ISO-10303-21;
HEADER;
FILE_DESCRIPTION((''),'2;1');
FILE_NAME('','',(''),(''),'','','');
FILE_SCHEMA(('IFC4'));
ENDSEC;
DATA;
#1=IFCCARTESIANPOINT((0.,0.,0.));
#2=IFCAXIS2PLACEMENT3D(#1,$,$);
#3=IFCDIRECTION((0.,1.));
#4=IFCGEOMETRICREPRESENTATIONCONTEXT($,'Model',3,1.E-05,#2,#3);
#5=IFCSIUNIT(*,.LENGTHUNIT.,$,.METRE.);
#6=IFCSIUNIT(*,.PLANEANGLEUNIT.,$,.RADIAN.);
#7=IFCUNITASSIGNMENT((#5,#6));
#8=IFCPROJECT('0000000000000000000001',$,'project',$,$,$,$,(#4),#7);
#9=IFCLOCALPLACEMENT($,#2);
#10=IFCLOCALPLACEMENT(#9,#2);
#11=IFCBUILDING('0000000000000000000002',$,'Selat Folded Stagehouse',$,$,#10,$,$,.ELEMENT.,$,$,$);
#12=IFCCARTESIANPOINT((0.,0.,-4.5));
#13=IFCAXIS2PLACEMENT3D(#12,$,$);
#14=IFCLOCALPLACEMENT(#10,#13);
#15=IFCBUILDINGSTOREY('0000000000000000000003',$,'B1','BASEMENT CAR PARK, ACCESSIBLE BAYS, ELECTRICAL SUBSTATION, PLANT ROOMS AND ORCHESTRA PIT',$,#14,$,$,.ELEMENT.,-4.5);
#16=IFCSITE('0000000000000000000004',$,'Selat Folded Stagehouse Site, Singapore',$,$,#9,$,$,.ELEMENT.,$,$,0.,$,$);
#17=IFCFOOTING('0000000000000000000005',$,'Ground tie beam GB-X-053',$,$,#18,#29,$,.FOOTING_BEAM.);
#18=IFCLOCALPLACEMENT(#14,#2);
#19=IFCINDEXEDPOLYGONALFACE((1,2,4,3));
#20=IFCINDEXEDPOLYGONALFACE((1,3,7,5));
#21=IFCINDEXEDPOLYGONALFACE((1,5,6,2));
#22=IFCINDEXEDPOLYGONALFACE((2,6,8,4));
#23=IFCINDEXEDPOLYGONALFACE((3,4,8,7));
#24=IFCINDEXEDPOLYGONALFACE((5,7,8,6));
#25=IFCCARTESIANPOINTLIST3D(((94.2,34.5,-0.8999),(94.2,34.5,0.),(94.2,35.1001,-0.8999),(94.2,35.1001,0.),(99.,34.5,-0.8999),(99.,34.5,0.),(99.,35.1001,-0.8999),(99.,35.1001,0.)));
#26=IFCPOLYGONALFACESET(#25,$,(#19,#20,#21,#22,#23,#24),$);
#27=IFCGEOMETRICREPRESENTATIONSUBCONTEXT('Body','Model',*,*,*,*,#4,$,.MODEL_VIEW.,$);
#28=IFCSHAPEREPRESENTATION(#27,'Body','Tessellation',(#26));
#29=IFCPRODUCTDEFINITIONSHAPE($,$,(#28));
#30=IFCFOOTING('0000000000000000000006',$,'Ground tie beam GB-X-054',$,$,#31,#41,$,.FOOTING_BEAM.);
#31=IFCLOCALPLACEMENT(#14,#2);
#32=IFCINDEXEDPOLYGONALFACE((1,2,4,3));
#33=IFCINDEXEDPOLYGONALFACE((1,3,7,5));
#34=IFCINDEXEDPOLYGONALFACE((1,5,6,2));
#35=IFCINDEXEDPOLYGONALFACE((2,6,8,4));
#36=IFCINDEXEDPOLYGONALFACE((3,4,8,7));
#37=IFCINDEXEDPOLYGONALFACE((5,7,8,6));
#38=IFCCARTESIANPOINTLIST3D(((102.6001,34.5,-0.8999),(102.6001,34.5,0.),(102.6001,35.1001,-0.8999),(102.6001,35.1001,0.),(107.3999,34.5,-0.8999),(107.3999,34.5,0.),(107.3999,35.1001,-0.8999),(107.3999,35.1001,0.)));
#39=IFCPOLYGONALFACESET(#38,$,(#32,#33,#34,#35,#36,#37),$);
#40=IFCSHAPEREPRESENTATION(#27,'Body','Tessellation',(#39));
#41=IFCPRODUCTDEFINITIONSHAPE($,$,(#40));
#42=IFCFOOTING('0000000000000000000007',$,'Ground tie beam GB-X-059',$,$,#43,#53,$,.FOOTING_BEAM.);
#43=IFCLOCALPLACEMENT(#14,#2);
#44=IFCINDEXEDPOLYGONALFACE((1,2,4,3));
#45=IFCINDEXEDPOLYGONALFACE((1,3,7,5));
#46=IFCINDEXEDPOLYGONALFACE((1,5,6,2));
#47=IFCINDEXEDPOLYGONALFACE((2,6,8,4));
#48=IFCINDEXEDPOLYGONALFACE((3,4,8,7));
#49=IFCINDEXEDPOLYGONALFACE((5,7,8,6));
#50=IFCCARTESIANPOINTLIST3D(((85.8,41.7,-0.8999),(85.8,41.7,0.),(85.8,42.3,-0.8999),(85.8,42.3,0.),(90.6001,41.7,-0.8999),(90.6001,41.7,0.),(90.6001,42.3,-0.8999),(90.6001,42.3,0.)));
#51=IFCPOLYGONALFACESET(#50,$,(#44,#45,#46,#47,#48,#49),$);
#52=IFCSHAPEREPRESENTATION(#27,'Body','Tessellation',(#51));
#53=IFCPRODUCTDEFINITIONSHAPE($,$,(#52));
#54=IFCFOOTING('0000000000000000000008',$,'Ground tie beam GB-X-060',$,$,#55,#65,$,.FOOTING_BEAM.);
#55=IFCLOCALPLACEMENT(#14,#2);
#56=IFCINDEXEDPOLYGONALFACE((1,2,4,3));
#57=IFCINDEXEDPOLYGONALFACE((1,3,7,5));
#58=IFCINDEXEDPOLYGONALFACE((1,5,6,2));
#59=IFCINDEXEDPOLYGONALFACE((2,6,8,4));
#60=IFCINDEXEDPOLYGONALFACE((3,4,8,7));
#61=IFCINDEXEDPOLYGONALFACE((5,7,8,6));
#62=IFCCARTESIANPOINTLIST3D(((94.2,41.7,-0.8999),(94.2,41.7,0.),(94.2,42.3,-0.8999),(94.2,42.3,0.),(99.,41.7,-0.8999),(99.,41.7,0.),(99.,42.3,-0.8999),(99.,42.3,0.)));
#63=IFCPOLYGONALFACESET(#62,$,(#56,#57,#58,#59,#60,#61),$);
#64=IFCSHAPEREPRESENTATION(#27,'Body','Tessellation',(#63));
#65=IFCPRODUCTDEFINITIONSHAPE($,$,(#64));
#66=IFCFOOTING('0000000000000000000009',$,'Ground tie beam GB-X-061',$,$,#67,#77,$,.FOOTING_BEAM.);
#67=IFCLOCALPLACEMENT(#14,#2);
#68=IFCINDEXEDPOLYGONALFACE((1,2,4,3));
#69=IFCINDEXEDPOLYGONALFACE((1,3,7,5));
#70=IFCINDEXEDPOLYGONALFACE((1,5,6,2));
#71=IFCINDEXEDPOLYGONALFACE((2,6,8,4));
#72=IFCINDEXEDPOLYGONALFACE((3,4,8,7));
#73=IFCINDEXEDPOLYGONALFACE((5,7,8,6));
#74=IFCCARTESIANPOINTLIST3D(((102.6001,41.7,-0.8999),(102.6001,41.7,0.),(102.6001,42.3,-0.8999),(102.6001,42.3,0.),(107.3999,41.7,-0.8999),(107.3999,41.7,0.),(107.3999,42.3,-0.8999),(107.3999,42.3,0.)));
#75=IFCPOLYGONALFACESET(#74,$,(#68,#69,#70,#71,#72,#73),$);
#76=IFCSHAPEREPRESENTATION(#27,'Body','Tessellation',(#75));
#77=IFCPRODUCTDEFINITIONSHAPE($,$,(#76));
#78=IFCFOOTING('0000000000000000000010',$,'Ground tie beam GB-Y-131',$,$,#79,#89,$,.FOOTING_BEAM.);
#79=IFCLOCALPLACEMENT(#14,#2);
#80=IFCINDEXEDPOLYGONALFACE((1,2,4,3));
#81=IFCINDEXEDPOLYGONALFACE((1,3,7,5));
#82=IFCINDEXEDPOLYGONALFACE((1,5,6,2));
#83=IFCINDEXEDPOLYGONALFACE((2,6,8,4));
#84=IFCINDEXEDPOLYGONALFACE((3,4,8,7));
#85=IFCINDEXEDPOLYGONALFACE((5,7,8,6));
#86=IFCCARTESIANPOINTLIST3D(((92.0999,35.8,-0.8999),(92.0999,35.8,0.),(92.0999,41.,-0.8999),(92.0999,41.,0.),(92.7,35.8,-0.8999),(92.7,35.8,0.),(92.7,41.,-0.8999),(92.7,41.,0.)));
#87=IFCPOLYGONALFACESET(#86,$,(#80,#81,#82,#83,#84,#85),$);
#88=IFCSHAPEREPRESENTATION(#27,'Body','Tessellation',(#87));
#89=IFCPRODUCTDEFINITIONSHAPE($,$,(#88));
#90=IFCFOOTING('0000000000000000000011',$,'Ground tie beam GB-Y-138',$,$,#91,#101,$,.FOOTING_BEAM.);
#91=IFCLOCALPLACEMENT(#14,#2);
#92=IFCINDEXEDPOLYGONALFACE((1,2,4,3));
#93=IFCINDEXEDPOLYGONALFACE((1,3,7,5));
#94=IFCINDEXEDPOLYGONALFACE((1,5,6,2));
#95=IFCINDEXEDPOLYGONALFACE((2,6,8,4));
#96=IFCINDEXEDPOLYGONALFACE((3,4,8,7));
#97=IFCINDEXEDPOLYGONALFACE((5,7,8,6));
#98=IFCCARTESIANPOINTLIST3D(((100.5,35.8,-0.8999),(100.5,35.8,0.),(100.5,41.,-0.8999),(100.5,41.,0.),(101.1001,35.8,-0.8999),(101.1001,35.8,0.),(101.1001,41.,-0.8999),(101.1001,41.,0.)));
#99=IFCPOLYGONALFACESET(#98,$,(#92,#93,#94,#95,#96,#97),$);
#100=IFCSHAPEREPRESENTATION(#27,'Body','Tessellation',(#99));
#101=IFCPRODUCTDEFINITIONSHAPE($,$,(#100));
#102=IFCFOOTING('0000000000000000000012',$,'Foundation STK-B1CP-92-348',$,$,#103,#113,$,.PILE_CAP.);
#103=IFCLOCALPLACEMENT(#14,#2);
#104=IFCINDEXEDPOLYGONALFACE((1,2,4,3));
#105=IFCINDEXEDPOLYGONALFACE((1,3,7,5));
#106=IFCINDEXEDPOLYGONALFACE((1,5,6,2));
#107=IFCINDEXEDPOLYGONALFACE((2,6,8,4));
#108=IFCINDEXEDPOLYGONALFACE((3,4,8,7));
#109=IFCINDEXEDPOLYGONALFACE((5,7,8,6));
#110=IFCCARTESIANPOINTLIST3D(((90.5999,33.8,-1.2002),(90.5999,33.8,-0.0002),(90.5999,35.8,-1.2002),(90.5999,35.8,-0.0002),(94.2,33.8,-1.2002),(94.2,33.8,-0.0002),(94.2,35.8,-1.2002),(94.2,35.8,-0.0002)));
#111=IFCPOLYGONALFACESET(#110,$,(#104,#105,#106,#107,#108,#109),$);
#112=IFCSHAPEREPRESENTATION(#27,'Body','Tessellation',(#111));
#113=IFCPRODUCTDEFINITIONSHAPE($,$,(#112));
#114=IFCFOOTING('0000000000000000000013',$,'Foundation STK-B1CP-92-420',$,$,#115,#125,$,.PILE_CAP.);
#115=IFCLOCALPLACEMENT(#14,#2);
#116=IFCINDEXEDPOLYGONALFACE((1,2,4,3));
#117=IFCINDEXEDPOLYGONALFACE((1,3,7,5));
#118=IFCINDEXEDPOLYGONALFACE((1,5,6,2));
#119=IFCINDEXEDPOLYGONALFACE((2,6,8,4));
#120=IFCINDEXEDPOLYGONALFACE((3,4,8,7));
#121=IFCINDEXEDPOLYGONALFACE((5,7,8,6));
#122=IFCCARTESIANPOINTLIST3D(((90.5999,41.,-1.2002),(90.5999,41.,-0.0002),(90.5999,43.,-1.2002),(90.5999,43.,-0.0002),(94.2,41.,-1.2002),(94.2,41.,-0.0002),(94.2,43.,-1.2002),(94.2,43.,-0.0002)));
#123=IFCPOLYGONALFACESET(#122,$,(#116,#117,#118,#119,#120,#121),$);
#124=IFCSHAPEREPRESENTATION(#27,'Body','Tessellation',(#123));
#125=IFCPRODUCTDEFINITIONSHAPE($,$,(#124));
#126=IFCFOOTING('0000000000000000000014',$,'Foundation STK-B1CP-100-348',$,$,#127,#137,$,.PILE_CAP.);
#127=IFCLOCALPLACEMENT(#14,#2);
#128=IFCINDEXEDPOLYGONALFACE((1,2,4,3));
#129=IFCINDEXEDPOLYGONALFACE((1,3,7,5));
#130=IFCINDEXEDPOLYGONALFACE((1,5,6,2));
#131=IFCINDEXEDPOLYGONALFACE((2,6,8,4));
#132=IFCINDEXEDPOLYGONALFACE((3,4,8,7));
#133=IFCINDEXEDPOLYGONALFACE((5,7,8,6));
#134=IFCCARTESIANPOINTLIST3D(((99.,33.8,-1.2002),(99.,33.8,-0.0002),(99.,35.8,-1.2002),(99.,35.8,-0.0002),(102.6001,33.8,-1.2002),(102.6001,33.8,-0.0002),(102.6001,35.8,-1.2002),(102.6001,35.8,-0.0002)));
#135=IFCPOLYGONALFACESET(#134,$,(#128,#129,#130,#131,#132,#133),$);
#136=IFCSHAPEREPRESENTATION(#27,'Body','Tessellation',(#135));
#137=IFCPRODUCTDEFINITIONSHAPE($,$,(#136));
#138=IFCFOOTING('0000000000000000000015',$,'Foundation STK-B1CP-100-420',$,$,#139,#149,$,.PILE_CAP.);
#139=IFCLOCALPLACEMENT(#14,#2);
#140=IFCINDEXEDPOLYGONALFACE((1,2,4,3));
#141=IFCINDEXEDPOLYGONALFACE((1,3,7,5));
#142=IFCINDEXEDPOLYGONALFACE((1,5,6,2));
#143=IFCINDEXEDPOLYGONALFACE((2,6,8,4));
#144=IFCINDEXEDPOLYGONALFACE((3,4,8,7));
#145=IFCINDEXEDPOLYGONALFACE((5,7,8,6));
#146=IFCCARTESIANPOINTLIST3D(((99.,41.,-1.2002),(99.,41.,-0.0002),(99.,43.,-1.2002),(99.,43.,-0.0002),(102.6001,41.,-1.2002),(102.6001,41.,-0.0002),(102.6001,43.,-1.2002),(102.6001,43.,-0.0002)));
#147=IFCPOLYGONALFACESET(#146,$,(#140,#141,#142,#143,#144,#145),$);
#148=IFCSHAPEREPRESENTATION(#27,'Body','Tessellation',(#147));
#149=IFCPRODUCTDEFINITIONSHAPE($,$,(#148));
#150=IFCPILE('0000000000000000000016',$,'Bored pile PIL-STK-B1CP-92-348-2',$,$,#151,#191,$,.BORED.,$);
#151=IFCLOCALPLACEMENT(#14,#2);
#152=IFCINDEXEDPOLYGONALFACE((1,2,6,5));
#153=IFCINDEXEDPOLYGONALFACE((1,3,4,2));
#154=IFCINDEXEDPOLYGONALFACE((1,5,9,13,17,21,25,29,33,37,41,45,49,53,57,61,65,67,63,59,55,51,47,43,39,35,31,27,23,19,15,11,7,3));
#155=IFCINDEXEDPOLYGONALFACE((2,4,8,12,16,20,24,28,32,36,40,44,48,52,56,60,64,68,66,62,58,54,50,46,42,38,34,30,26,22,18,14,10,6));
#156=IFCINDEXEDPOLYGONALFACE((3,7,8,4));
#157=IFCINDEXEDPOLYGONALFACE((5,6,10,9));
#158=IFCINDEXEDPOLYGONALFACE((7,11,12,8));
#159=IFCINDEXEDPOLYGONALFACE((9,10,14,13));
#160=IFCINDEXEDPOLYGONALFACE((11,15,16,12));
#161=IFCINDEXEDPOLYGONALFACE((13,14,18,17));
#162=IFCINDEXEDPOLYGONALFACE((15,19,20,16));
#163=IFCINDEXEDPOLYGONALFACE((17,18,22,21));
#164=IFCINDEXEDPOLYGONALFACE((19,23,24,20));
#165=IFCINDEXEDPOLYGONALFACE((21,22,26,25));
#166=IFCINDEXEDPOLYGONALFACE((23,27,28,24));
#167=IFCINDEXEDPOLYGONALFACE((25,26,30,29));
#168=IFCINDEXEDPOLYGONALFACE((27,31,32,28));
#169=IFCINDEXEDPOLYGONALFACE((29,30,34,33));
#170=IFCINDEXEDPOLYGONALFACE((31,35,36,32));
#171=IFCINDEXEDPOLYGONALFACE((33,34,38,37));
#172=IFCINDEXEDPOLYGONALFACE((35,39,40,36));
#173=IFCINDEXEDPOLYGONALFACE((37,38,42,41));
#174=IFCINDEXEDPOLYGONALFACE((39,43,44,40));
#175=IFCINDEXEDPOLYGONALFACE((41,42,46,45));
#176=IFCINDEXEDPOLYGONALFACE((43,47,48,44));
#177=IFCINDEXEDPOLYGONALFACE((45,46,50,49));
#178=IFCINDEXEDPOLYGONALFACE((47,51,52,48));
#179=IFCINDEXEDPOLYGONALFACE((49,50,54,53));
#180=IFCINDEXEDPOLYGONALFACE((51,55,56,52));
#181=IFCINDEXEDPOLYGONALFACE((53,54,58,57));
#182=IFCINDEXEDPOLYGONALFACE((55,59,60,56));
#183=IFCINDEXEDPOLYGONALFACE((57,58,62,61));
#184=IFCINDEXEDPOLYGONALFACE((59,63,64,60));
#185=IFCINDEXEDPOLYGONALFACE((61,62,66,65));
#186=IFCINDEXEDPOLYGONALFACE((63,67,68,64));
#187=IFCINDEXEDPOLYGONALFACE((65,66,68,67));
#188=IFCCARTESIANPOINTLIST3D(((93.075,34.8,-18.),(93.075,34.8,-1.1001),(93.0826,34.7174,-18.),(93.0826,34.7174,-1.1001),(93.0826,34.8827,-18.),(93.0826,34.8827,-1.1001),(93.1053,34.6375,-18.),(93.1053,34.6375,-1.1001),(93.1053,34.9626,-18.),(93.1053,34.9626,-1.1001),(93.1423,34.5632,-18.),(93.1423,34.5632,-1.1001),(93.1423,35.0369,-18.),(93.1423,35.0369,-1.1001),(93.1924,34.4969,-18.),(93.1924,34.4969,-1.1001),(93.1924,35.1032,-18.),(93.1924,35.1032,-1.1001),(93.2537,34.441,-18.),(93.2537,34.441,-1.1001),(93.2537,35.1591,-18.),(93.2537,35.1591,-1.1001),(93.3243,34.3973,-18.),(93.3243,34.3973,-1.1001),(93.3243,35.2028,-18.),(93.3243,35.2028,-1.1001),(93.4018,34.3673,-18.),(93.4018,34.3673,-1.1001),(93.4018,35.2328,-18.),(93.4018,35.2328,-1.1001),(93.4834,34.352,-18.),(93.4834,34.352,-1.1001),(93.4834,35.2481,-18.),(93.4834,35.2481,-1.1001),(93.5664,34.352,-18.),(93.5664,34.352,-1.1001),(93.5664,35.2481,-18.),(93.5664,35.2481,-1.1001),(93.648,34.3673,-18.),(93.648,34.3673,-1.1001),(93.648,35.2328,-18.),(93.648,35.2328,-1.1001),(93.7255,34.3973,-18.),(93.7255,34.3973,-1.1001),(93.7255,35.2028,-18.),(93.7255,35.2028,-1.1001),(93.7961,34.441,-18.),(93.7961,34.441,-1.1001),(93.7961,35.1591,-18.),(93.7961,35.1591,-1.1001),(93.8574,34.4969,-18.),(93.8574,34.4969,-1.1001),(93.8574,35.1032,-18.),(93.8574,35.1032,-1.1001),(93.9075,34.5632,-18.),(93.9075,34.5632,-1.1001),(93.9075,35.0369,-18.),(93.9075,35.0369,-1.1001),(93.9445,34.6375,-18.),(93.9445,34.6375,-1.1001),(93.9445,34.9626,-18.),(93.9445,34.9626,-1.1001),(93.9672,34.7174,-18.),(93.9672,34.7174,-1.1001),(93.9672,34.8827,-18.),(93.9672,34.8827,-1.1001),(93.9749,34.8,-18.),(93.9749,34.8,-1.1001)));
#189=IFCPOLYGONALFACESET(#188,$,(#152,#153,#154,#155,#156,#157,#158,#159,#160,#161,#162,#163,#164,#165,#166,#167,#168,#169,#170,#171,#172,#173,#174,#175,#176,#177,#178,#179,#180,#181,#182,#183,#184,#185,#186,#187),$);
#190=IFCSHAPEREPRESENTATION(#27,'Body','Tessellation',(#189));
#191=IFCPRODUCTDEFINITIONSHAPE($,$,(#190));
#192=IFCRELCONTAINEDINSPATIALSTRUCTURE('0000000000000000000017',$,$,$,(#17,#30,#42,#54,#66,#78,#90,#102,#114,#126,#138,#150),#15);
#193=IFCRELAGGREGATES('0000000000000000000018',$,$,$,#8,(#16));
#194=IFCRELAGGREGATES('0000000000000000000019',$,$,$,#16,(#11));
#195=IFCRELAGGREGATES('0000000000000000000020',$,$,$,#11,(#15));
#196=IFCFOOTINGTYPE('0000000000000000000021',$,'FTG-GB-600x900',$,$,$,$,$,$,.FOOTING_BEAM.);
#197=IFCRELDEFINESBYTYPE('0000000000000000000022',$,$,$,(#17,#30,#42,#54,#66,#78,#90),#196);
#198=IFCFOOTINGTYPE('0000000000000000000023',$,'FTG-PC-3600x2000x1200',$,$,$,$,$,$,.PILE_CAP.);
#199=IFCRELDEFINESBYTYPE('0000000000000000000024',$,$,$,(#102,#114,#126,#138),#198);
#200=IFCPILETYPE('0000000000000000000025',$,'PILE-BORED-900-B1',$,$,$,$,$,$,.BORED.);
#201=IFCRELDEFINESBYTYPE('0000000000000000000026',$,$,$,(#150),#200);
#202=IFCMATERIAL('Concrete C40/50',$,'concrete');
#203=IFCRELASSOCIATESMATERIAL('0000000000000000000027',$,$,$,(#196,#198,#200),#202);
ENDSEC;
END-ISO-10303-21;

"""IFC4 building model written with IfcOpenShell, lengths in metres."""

from ifc_helpers import new_model, si_unit, direction, frame, origin, origin_2d, place, context, subcontext, project, spatial, rectangle, circle, extrude, material, material_profile, profile_set, type_object, element, save


model = new_model("IFC4")

# Units and contexts
model_context = context("Model", 3, precision=1e-05, world=origin(), true_north=direction((0.0, 1.0)))
body_context = subcontext(model_context, "Body", "Model", "MODEL_VIEW")
ifc_project = project(units=[si_unit("LENGTHUNIT", "METRE"), si_unit("PLANEANGLEUNIT", "RADIAN")], contexts=[model_context])

# Site, building, storey
site_placement = place(None, origin())
site = spatial("IfcSite", under=ifc_project, at=site_placement, Name="Selat Folded Stagehouse Site, Singapore", CompositionType="ELEMENT", RefElevation=0.0)
building_placement = place(site_placement, origin())
building = spatial("IfcBuilding", under=site, at=building_placement, Name="Selat Folded Stagehouse", CompositionType="ELEMENT")
storey_placement = place(building_placement, frame((0.0, 0.0, -4.5)))
storey = spatial("IfcBuildingStorey", under=building, at=storey_placement, Name="B1", Description="BASEMENT CAR PARK, ACCESSIBLE BAYS, ELECTRICAL SUBSTATION, PLANT ROOMS AND ORCHESTRA PIT", CompositionType="ELEMENT", Elevation=-4.5)

# Footings
ifc_material_1 = material(Name="Concrete C40/50", Category="concrete")
ifc_material_profile_1 = material_profile(ifc_material_1, rectangle(XDim=0.6001, YDim=0.8999, at=origin_2d()), Name="RC 900x600")
ifc_profile_set_1 = profile_set([ifc_material_profile_1], Name="Concrete C40/50")
footing_type_1 = type_object("IfcFootingType", Name="FTG-GB-600x900", PredefinedType="FOOTING_BEAM", material=ifc_profile_set_1)
footing_1_placement = place(storey_placement, frame((94.2, 34.8, -0.45), z_axis=(1.0, 0.0, 0.0), x_axis=(0.0, 1.0, 0.0)))
element("IfcFooting", 1, at=footing_1_placement, inside=storey, type_object=footing_type_1, Name="Ground tie beam GB-X-053", PredefinedType="FOOTING_BEAM", context=body_context, shape_type="SweptSolid", body=[
    extrude(rectangle(XDim=0.6001, YDim=0.8999, at=origin_2d()), origin(), (0.0, 0.0, 1.0), 4.8),
])
footing_2_placement = place(storey_placement, frame((102.6001, 34.8, -0.45), z_axis=(1.0, 0.0, 0.0), x_axis=(0.0, 1.0, 0.0)))
element("IfcFooting", 2, at=footing_2_placement, inside=storey, type_object=footing_type_1, Name="Ground tie beam GB-X-054", PredefinedType="FOOTING_BEAM", context=body_context, shape_type="SweptSolid", body=[
    extrude(rectangle(XDim=0.6001, YDim=0.8999, at=origin_2d()), origin(), (0.0, 0.0, 1.0), 4.7998),
])
for number, where, z_axis, x_axis, name in (
    (3, (85.8, 42.0, -0.45), (1.0, 0.0, 0.0), (0.0, 1.0, 0.0), "Ground tie beam GB-X-059"),
    (4, (94.2, 42.0, -0.45), (1.0, 0.0, 0.0), (0.0, 1.0, 0.0), "Ground tie beam GB-X-060"),
):
    element("IfcFooting", number, at=place(storey_placement, frame(where, z_axis=z_axis, x_axis=x_axis)), inside=storey, type_object=footing_type_1, Name=name, PredefinedType="FOOTING_BEAM", context=body_context, shape_type="SweptSolid", body=[
        extrude(rectangle(XDim=0.6001, YDim=0.8999, at=origin_2d()), origin(), (0.0, 0.0, 1.0), 4.8),
    ])
footing_3_placement = place(storey_placement, frame((102.6001, 42.0, -0.45), z_axis=(1.0, 0.0, 0.0), x_axis=(0.0, 1.0, 0.0)))
element("IfcFooting", 5, at=footing_3_placement, inside=storey, type_object=footing_type_1, Name="Ground tie beam GB-X-061", PredefinedType="FOOTING_BEAM", context=body_context, shape_type="SweptSolid", body=[
    extrude(rectangle(XDim=0.6001, YDim=0.8999, at=origin_2d()), origin(), (0.0, 0.0, 1.0), 4.7998),
])
for number, where, z_axis, x_axis, name in (
    (6, (92.3999, 35.8, -0.45), (0.0, 1.0, 0.0), (-1.0, 0.0, 0.0), "Ground tie beam GB-Y-131"),
    (7, (100.8, 35.8, -0.45), (0.0, 1.0, 0.0), (-1.0, 0.0, 0.0), "Ground tie beam GB-Y-138"),
):
    element("IfcFooting", number, at=place(storey_placement, frame(where, z_axis=z_axis, x_axis=x_axis)), inside=storey, type_object=footing_type_1, Name=name, PredefinedType="FOOTING_BEAM", context=body_context, shape_type="SweptSolid", body=[
        extrude(rectangle(XDim=0.6001, YDim=0.8999, at=origin_2d()), origin(), (0.0, 0.0, 1.0), 5.2),
    ])
footing_type_2 = type_object("IfcFootingType", Name="FTG-PC-3600x2000x1200", PredefinedType="PILE_CAP", material=ifc_material_1)
for number, where, z_axis, x_axis, name in (
    (8, (92.3999, 34.8, -1.2002), (0.0, 0.0, 1.0), (1.0, 0.0, 0.0), "Foundation STK-B1CP-92-348"),
    (9, (92.3999, 42.0, -1.2002), (0.0, 0.0, 1.0), (1.0, 0.0, 0.0), "Foundation STK-B1CP-92-420"),
    (10, (100.8, 34.8, -1.2002), (0.0, 0.0, 1.0), (1.0, 0.0, 0.0), "Foundation STK-B1CP-100-348"),
    (11, (100.8, 42.0, -1.2002), (0.0, 0.0, 1.0), (1.0, 0.0, 0.0), "Foundation STK-B1CP-100-420"),
):
    element("IfcFooting", number, at=place(storey_placement, frame(where, z_axis=z_axis, x_axis=x_axis)), inside=storey, type_object=footing_type_2, Name=name, PredefinedType="PILE_CAP", context=body_context, shape_type="SweptSolid", body=[
        extrude(rectangle(XDim=3.6001, YDim=2.0, at=origin_2d()), origin(), (0.0, 0.0, 1.0), 1.2),
    ])

# Pile
ifc_material_profile_2 = material_profile(ifc_material_1, circle(Radius=0.45, at=origin_2d()), Name="PILE D900")
ifc_profile_set_2 = profile_set([ifc_material_profile_2], Name="Concrete C40/50")
pile_type = type_object("IfcPileType", Name="PILE-BORED-900-B1", PredefinedType="BORED", material=ifc_profile_set_2)
for number, where, z_axis, x_axis, name in (
    (12, (93.5249, 34.8, -1.1001), (0.0, 0.0, -1.0), (1.0, 0.0, 0.0), "Bored pile PIL-STK-B1CP-92-348-2"),
):
    element("IfcPile", number, at=place(storey_placement, frame(where, z_axis=z_axis, x_axis=x_axis)), inside=storey, type_object=pile_type, Name=name, PredefinedType="BORED", context=body_context, shape_type="SweptSolid", body=[
        extrude(circle(Radius=0.45, at=origin_2d()), origin(), (0.0, 0.0, 1.0), 16.8999),
    ])

save(model, "model.ifc")
